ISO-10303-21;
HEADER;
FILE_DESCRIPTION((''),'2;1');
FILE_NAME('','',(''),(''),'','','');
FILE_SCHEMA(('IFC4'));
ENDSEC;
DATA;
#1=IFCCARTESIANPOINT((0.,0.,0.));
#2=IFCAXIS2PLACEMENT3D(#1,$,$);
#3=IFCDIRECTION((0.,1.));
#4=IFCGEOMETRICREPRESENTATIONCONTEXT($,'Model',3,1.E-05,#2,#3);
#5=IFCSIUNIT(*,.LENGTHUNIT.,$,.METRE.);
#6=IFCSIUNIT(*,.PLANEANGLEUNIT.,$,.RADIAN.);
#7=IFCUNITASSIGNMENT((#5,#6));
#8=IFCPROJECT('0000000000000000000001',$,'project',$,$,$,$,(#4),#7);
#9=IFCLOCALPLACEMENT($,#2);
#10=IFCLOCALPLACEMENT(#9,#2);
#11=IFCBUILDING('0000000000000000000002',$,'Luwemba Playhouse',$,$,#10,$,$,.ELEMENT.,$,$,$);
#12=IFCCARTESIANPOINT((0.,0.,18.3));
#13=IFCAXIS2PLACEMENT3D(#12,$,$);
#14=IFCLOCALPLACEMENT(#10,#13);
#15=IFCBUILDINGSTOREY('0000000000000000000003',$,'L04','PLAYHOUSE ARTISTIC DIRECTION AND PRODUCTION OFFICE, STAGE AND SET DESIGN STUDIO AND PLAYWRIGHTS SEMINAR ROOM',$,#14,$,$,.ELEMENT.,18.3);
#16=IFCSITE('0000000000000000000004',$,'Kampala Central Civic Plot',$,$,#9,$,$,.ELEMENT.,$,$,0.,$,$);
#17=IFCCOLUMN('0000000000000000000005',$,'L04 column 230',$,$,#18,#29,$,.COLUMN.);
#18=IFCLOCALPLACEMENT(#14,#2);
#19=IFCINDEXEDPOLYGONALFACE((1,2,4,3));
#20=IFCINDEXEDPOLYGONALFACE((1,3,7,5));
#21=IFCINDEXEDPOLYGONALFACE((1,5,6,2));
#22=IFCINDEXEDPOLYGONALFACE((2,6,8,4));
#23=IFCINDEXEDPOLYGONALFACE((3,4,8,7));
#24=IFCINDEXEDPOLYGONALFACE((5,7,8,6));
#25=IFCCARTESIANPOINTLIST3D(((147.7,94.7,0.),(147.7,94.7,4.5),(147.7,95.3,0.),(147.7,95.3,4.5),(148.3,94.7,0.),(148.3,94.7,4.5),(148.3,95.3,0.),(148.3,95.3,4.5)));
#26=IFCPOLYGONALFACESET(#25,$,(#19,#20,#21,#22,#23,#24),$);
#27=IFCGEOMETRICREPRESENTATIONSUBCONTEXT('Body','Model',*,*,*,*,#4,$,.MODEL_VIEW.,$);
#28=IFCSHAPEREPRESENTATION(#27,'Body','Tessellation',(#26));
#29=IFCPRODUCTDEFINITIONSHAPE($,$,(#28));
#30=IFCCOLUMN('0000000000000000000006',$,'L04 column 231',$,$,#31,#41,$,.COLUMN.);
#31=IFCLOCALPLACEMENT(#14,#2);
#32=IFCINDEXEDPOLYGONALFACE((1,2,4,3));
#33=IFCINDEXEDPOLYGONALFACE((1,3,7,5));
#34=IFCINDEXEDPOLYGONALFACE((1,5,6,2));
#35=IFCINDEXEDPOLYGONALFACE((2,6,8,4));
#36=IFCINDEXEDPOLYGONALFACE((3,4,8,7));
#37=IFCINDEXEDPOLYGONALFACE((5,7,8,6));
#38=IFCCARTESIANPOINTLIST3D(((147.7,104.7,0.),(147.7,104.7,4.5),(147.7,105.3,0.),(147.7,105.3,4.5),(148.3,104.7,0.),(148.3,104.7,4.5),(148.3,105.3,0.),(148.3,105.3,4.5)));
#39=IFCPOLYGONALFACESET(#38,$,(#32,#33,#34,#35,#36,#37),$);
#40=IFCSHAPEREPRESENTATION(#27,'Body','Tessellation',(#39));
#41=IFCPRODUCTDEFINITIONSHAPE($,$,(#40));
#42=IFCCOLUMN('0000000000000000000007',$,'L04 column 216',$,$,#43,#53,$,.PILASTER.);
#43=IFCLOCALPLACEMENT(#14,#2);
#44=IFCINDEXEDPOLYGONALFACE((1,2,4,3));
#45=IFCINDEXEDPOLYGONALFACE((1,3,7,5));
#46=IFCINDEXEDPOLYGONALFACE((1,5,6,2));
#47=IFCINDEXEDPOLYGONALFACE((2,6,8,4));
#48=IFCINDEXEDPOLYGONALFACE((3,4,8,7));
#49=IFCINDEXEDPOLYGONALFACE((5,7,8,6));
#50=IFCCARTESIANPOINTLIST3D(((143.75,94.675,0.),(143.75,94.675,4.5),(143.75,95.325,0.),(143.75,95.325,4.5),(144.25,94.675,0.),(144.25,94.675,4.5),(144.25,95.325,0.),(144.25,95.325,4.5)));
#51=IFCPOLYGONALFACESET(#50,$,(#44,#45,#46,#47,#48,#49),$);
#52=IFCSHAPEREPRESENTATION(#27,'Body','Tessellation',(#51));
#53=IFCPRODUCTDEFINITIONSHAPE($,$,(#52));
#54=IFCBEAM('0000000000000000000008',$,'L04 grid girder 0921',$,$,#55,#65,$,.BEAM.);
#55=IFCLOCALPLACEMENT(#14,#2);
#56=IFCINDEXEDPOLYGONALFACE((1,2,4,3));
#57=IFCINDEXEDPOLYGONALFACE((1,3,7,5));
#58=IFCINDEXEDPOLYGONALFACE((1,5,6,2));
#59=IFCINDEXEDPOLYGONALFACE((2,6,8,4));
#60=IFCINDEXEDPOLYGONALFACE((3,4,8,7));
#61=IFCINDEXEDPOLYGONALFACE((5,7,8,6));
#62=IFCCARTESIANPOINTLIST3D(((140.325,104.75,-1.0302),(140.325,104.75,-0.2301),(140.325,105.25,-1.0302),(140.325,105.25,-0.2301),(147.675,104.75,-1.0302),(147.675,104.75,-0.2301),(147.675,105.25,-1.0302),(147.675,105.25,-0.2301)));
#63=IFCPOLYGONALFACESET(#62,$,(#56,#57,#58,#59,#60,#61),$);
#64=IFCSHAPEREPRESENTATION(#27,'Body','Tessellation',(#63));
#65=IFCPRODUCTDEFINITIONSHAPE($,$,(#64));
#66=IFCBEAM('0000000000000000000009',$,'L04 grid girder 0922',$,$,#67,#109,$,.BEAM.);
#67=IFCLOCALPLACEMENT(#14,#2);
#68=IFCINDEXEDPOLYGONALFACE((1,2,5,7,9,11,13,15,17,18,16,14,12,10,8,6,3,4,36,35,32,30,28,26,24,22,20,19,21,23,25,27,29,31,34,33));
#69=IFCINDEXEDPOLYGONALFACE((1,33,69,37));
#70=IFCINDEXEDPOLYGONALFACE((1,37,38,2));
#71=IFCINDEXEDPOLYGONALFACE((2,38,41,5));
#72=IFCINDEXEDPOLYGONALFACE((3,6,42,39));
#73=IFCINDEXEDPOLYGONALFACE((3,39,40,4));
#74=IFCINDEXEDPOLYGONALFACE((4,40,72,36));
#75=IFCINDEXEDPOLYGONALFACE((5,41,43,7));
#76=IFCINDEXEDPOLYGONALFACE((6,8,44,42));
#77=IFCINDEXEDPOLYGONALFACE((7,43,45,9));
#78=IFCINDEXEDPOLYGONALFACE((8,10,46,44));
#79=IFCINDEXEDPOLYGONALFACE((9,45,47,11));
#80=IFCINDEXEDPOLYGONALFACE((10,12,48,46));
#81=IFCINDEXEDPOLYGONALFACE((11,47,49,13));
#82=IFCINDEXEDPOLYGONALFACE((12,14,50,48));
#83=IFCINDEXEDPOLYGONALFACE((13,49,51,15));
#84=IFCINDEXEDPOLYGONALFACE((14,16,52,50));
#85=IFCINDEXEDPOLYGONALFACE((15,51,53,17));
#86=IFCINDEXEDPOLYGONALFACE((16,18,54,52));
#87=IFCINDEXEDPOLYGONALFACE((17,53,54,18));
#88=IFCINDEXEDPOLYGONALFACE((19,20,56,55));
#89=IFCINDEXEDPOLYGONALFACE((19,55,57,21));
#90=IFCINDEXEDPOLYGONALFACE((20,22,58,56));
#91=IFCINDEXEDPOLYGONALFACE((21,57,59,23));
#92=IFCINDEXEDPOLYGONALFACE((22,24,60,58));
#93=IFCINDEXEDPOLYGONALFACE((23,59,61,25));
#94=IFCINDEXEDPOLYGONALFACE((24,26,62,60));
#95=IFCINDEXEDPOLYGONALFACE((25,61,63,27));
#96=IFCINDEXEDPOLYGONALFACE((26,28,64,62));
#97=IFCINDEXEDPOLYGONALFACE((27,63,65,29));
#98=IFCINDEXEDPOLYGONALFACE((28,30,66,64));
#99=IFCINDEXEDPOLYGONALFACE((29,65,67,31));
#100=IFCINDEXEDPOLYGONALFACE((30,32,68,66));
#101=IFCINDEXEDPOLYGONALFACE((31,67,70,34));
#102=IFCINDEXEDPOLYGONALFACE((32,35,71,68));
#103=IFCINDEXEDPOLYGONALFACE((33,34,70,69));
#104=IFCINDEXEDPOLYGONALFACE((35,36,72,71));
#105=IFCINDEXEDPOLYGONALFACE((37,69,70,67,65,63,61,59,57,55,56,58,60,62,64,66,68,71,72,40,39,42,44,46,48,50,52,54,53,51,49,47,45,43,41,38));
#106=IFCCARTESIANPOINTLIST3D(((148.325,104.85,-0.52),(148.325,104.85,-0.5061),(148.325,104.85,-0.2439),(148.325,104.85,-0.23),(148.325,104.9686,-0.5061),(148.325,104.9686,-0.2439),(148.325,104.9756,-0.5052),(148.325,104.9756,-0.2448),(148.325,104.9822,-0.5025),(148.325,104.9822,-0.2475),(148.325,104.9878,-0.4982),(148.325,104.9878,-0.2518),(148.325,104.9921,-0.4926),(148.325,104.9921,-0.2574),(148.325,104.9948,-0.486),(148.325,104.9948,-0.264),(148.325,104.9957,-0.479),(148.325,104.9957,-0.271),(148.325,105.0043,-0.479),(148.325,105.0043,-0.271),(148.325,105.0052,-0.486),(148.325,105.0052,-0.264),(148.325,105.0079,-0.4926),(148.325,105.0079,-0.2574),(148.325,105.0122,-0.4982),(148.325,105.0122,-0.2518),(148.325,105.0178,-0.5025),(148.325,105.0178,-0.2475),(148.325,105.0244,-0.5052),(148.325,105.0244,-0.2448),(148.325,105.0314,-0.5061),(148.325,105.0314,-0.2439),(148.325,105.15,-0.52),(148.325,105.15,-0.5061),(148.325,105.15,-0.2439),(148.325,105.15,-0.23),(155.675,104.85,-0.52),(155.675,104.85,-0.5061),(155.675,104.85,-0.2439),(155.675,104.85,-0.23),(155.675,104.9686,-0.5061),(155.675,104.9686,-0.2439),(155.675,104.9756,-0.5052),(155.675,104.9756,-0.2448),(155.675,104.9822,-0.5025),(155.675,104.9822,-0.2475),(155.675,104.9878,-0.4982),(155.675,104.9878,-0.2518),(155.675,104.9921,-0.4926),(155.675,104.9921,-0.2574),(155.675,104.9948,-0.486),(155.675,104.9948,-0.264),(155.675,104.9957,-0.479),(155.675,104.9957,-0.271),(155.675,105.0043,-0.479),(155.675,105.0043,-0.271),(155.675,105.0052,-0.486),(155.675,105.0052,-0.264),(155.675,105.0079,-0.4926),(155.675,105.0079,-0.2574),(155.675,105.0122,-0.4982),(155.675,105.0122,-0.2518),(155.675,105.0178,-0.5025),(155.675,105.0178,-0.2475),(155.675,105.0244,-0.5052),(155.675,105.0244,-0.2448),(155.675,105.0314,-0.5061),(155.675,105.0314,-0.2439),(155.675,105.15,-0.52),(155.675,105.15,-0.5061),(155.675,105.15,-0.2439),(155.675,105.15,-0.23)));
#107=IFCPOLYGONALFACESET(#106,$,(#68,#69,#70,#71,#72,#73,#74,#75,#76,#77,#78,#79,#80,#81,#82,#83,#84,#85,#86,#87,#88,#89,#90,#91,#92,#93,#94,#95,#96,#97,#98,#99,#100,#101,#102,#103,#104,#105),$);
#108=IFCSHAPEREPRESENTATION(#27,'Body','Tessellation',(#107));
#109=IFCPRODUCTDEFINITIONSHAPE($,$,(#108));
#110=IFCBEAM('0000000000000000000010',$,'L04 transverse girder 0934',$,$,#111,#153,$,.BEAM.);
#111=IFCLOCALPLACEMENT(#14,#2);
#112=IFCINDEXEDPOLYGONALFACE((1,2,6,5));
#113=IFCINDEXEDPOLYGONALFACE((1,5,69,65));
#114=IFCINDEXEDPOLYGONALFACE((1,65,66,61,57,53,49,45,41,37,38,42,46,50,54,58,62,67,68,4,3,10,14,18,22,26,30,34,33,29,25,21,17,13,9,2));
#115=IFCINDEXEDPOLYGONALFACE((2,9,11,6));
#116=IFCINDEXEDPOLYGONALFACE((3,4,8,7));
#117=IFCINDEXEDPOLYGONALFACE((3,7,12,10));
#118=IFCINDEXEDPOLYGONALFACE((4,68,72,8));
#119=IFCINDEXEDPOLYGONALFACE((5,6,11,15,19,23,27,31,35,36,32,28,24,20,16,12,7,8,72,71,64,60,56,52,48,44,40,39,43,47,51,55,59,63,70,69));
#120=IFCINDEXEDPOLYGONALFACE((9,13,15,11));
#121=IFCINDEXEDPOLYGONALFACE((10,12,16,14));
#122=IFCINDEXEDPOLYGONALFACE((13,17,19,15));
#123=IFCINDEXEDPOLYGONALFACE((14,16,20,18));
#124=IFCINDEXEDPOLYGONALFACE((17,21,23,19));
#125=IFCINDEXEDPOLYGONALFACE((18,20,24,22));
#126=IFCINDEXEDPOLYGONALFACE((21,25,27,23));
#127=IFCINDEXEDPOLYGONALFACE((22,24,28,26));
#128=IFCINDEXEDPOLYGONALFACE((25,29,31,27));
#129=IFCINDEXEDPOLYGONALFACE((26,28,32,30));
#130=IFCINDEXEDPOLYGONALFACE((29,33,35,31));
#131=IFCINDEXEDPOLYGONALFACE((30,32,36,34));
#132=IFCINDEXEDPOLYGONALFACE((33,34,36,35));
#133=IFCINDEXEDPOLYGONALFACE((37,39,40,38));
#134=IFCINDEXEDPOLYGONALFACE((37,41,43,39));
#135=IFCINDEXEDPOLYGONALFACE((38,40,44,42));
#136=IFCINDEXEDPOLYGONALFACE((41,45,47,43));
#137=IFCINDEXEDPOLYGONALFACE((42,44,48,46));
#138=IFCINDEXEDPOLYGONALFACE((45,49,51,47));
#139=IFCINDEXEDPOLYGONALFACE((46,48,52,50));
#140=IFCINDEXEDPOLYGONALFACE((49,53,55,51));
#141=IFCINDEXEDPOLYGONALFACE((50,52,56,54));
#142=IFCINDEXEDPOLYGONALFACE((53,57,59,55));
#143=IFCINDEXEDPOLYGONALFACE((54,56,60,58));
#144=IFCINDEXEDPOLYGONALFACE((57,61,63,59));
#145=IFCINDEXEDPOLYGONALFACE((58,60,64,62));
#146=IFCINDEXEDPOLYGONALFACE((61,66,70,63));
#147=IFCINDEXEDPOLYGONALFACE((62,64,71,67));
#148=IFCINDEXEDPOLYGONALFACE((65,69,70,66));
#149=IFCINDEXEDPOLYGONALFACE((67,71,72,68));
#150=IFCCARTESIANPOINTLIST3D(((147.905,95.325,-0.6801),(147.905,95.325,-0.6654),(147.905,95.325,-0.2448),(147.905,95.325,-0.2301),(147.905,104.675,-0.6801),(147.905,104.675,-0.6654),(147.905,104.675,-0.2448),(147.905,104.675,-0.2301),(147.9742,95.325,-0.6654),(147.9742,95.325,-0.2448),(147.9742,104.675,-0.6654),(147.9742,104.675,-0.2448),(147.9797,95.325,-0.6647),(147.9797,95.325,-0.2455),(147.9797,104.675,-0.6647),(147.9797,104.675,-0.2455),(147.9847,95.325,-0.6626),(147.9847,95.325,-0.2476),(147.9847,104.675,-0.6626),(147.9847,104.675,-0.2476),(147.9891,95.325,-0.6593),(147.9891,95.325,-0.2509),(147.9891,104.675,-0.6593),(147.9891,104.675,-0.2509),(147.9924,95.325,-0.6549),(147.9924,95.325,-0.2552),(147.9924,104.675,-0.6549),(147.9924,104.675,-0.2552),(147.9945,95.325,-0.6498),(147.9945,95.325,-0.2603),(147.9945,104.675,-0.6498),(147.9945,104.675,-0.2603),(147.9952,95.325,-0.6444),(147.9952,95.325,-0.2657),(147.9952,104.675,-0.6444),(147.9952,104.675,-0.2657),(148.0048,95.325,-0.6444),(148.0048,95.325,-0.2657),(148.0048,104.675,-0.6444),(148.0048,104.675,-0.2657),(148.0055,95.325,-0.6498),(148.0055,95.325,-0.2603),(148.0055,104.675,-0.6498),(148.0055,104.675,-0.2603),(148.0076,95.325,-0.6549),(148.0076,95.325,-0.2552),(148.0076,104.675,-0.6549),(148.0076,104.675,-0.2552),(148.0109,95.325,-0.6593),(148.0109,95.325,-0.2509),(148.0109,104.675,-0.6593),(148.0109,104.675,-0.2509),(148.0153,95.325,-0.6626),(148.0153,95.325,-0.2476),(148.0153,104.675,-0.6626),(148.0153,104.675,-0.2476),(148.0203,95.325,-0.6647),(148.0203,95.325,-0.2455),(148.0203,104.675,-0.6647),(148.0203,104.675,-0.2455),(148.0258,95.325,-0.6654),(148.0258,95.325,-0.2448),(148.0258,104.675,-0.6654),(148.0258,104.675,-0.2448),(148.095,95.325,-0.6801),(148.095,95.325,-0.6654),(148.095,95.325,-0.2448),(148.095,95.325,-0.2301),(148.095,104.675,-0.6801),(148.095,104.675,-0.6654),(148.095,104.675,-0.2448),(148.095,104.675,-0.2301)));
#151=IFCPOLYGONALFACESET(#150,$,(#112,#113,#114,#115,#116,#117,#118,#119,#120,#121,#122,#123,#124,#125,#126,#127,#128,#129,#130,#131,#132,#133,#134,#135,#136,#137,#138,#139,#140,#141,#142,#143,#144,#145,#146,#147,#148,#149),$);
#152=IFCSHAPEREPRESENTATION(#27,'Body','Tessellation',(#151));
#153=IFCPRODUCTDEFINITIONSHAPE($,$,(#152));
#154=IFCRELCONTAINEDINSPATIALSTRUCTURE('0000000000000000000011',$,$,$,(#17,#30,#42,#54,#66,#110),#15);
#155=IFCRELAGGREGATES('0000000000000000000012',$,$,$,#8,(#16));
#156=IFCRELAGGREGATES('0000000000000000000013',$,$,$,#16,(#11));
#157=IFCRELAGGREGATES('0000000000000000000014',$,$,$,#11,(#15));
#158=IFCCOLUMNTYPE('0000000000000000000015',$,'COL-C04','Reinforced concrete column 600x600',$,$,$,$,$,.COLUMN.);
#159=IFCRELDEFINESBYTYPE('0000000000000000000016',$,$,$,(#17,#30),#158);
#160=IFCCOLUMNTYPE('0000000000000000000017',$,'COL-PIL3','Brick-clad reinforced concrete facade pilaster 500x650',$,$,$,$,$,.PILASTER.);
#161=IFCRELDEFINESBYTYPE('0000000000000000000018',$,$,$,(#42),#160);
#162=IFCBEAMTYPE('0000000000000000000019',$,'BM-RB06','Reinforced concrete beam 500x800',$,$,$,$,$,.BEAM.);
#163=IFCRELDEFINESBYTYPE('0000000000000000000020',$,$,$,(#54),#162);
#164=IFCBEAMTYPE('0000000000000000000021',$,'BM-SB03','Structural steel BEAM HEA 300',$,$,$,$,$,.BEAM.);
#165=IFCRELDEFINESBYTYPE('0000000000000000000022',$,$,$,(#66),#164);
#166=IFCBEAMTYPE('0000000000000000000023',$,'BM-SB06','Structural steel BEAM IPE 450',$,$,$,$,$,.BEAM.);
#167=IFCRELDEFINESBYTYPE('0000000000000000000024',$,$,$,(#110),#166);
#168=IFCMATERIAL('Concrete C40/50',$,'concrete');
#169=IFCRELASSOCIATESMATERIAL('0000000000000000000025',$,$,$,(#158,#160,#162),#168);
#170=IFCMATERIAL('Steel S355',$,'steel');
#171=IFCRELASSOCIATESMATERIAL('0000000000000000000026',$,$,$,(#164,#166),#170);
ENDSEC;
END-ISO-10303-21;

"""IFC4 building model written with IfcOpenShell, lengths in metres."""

from ifc_helpers import new_model, si_unit, direction, frame, origin, origin_2d, place, context, subcontext, project, spatial, rectangle, i_section, extrude, material, material_profile, profile_set, type_object, element, save


model = new_model("IFC4")

# Units and contexts
model_context = context("Model", 3, precision=1e-05, world=origin(), true_north=direction((0.0, 1.0)))
body_context = subcontext(model_context, "Body", "Model", "MODEL_VIEW")
ifc_project = project(units=[si_unit("LENGTHUNIT", "METRE"), si_unit("PLANEANGLEUNIT", "RADIAN")], contexts=[model_context])

# Site, building, storey
site_placement = place(None, origin())
site = spatial("IfcSite", under=ifc_project, at=site_placement, Name="Kampala Central Civic Plot", CompositionType="ELEMENT", RefElevation=0.0)
building_placement = place(site_placement, origin())
building = spatial("IfcBuilding", under=site, at=building_placement, Name="Luwemba Playhouse", CompositionType="ELEMENT")
storey_placement = place(building_placement, frame((0.0, 0.0, 18.3)))
storey = spatial("IfcBuildingStorey", under=building, at=storey_placement, Name="L04", Description="PLAYHOUSE ARTISTIC DIRECTION AND PRODUCTION OFFICE, STAGE AND SET DESIGN STUDIO AND PLAYWRIGHTS SEMINAR ROOM", CompositionType="ELEMENT", Elevation=18.3)

# Columns
ifc_material_1 = material(Name="Concrete C40/50", Category="concrete")
ifc_material_profile_1 = material_profile(ifc_material_1, rectangle(XDim=0.6001, YDim=0.6001, at=origin_2d()))
ifc_profile_set_1 = profile_set([ifc_material_profile_1], Name="Concrete C40/50")
column_type_1 = type_object("IfcColumnType", Name="COL-C04", Description="Reinforced concrete column 600x600", PredefinedType="COLUMN", material=ifc_profile_set_1)
for number, where, z_axis, x_axis, name in (
    (1, (148.0, 95.0, 0.0), (0.0, 0.0, 1.0), (1.0, 0.0, 0.0), "L04 column 230"),
    (2, (148.0, 105.0, 0.0), (0.0, 0.0, 1.0), (1.0, 0.0, 0.0), "L04 column 231"),
):
    element("IfcColumn", number, at=place(storey_placement, frame(where, z_axis=z_axis, x_axis=x_axis)), inside=storey, type_object=column_type_1, Name=name, PredefinedType="COLUMN", context=body_context, shape_type="SweptSolid", body=[
        extrude(rectangle(XDim=0.6001, YDim=0.6001, at=origin_2d()), origin(), (0.0, 0.0, 1.0), 4.5),
    ])
ifc_material_profile_2 = material_profile(ifc_material_1, rectangle(XDim=0.5, YDim=0.6499, at=origin_2d()))
ifc_profile_set_2 = profile_set([ifc_material_profile_2], Name="Concrete C40/50")
column_type_2 = type_object("IfcColumnType", Name="COL-PIL3", Description="Brick-clad reinforced concrete facade pilaster 500x650", PredefinedType="PILASTER", material=ifc_profile_set_2)
column_placement = place(storey_placement, frame((144.0, 95.0, 0.0), z_axis=(0.0, 0.0, 1.0), x_axis=(1.0, 0.0, 0.0)))
element("IfcColumn", 3, at=column_placement, inside=storey, type_object=column_type_2, Name="L04 column 216", PredefinedType="PILASTER", context=body_context, shape_type="SweptSolid", body=[
    extrude(rectangle(XDim=0.5, YDim=0.6499, at=origin_2d()), origin(), (0.0, 0.0, 1.0), 4.5),
])

# Beams
ifc_material_profile_3 = material_profile(ifc_material_1, rectangle(XDim=0.5, YDim=0.8, at=origin_2d()))
ifc_profile_set_3 = profile_set([ifc_material_profile_3], Name="Concrete C40/50")
beam_type_1 = type_object("IfcBeamType", Name="BM-RB06", Description="Reinforced concrete beam 500x800", PredefinedType="BEAM", material=ifc_profile_set_3)
beam_1_placement = place(storey_placement, frame((140.325, 105.0, -0.6301), z_axis=(1.0, 0.0, 0.0), x_axis=(0.0, 1.0, 0.0)))
element("IfcBeam", 4, at=beam_1_placement, inside=storey, type_object=beam_type_1, Name="L04 grid girder 0921", PredefinedType="BEAM", context=body_context, shape_type="SweptSolid", body=[
    extrude(rectangle(XDim=0.5, YDim=0.8, at=origin_2d()), origin(), (0.0, 0.0, 1.0), 7.3501),
])
ifc_material_2 = material(Name="Steel S355", Category="steel")
ifc_material_profile_4 = material_profile(ifc_material_2, i_section(OverallWidth=0.3, OverallDepth=0.29, WebThickness=0.0085, FlangeThickness=0.0139, FilletRadius=0.0271, at=origin_2d()))
ifc_profile_set_4 = profile_set([ifc_material_profile_4], Name="Steel S355")
beam_type_2 = type_object("IfcBeamType", Name="BM-SB03", Description="Structural steel BEAM HEA 300", PredefinedType="BEAM", material=ifc_profile_set_4)
beam_2_placement = place(storey_placement, frame((148.325, 105.0, -0.375), z_axis=(1.0, 0.0, 0.0), x_axis=(0.0, 1.0, 0.0)))
element("IfcBeam", 5, at=beam_2_placement, inside=storey, type_object=beam_type_2, Name="L04 grid girder 0922", PredefinedType="BEAM", context=body_context, shape_type="SweptSolid", body=[
    extrude(i_section(OverallWidth=0.3, OverallDepth=0.29, WebThickness=0.0085, FlangeThickness=0.0139, FilletRadius=0.0271, at=origin_2d()), origin(), (0.0, 0.0, 1.0), 7.3501),
])
ifc_material_profile_5 = material_profile(ifc_material_2, i_section(OverallWidth=0.1899, OverallDepth=0.45, WebThickness=0.0095, FlangeThickness=0.0146, FilletRadius=0.021, at=origin_2d()))
ifc_profile_set_5 = profile_set([ifc_material_profile_5], Name="Steel S355")
beam_type_3 = type_object("IfcBeamType", Name="BM-SB06", Description="Structural steel BEAM IPE 450", PredefinedType="BEAM", material=ifc_profile_set_5)
beam_3_placement = place(storey_placement, frame((148.0, 95.325, -0.4551), z_axis=(0.0, 1.0, 0.0), x_axis=(-1.0, 0.0, 0.0)))
element("IfcBeam", 6, at=beam_3_placement, inside=storey, type_object=beam_type_3, Name="L04 transverse girder 0934", PredefinedType="BEAM", context=body_context, shape_type="SweptSolid", body=[
    extrude(i_section(OverallWidth=0.1899, OverallDepth=0.45, WebThickness=0.0095, FlangeThickness=0.0146, FilletRadius=0.021, at=origin_2d()), origin(), (0.0, 0.0, 1.0), 9.3501),
])

save(model, "model.ifc")
